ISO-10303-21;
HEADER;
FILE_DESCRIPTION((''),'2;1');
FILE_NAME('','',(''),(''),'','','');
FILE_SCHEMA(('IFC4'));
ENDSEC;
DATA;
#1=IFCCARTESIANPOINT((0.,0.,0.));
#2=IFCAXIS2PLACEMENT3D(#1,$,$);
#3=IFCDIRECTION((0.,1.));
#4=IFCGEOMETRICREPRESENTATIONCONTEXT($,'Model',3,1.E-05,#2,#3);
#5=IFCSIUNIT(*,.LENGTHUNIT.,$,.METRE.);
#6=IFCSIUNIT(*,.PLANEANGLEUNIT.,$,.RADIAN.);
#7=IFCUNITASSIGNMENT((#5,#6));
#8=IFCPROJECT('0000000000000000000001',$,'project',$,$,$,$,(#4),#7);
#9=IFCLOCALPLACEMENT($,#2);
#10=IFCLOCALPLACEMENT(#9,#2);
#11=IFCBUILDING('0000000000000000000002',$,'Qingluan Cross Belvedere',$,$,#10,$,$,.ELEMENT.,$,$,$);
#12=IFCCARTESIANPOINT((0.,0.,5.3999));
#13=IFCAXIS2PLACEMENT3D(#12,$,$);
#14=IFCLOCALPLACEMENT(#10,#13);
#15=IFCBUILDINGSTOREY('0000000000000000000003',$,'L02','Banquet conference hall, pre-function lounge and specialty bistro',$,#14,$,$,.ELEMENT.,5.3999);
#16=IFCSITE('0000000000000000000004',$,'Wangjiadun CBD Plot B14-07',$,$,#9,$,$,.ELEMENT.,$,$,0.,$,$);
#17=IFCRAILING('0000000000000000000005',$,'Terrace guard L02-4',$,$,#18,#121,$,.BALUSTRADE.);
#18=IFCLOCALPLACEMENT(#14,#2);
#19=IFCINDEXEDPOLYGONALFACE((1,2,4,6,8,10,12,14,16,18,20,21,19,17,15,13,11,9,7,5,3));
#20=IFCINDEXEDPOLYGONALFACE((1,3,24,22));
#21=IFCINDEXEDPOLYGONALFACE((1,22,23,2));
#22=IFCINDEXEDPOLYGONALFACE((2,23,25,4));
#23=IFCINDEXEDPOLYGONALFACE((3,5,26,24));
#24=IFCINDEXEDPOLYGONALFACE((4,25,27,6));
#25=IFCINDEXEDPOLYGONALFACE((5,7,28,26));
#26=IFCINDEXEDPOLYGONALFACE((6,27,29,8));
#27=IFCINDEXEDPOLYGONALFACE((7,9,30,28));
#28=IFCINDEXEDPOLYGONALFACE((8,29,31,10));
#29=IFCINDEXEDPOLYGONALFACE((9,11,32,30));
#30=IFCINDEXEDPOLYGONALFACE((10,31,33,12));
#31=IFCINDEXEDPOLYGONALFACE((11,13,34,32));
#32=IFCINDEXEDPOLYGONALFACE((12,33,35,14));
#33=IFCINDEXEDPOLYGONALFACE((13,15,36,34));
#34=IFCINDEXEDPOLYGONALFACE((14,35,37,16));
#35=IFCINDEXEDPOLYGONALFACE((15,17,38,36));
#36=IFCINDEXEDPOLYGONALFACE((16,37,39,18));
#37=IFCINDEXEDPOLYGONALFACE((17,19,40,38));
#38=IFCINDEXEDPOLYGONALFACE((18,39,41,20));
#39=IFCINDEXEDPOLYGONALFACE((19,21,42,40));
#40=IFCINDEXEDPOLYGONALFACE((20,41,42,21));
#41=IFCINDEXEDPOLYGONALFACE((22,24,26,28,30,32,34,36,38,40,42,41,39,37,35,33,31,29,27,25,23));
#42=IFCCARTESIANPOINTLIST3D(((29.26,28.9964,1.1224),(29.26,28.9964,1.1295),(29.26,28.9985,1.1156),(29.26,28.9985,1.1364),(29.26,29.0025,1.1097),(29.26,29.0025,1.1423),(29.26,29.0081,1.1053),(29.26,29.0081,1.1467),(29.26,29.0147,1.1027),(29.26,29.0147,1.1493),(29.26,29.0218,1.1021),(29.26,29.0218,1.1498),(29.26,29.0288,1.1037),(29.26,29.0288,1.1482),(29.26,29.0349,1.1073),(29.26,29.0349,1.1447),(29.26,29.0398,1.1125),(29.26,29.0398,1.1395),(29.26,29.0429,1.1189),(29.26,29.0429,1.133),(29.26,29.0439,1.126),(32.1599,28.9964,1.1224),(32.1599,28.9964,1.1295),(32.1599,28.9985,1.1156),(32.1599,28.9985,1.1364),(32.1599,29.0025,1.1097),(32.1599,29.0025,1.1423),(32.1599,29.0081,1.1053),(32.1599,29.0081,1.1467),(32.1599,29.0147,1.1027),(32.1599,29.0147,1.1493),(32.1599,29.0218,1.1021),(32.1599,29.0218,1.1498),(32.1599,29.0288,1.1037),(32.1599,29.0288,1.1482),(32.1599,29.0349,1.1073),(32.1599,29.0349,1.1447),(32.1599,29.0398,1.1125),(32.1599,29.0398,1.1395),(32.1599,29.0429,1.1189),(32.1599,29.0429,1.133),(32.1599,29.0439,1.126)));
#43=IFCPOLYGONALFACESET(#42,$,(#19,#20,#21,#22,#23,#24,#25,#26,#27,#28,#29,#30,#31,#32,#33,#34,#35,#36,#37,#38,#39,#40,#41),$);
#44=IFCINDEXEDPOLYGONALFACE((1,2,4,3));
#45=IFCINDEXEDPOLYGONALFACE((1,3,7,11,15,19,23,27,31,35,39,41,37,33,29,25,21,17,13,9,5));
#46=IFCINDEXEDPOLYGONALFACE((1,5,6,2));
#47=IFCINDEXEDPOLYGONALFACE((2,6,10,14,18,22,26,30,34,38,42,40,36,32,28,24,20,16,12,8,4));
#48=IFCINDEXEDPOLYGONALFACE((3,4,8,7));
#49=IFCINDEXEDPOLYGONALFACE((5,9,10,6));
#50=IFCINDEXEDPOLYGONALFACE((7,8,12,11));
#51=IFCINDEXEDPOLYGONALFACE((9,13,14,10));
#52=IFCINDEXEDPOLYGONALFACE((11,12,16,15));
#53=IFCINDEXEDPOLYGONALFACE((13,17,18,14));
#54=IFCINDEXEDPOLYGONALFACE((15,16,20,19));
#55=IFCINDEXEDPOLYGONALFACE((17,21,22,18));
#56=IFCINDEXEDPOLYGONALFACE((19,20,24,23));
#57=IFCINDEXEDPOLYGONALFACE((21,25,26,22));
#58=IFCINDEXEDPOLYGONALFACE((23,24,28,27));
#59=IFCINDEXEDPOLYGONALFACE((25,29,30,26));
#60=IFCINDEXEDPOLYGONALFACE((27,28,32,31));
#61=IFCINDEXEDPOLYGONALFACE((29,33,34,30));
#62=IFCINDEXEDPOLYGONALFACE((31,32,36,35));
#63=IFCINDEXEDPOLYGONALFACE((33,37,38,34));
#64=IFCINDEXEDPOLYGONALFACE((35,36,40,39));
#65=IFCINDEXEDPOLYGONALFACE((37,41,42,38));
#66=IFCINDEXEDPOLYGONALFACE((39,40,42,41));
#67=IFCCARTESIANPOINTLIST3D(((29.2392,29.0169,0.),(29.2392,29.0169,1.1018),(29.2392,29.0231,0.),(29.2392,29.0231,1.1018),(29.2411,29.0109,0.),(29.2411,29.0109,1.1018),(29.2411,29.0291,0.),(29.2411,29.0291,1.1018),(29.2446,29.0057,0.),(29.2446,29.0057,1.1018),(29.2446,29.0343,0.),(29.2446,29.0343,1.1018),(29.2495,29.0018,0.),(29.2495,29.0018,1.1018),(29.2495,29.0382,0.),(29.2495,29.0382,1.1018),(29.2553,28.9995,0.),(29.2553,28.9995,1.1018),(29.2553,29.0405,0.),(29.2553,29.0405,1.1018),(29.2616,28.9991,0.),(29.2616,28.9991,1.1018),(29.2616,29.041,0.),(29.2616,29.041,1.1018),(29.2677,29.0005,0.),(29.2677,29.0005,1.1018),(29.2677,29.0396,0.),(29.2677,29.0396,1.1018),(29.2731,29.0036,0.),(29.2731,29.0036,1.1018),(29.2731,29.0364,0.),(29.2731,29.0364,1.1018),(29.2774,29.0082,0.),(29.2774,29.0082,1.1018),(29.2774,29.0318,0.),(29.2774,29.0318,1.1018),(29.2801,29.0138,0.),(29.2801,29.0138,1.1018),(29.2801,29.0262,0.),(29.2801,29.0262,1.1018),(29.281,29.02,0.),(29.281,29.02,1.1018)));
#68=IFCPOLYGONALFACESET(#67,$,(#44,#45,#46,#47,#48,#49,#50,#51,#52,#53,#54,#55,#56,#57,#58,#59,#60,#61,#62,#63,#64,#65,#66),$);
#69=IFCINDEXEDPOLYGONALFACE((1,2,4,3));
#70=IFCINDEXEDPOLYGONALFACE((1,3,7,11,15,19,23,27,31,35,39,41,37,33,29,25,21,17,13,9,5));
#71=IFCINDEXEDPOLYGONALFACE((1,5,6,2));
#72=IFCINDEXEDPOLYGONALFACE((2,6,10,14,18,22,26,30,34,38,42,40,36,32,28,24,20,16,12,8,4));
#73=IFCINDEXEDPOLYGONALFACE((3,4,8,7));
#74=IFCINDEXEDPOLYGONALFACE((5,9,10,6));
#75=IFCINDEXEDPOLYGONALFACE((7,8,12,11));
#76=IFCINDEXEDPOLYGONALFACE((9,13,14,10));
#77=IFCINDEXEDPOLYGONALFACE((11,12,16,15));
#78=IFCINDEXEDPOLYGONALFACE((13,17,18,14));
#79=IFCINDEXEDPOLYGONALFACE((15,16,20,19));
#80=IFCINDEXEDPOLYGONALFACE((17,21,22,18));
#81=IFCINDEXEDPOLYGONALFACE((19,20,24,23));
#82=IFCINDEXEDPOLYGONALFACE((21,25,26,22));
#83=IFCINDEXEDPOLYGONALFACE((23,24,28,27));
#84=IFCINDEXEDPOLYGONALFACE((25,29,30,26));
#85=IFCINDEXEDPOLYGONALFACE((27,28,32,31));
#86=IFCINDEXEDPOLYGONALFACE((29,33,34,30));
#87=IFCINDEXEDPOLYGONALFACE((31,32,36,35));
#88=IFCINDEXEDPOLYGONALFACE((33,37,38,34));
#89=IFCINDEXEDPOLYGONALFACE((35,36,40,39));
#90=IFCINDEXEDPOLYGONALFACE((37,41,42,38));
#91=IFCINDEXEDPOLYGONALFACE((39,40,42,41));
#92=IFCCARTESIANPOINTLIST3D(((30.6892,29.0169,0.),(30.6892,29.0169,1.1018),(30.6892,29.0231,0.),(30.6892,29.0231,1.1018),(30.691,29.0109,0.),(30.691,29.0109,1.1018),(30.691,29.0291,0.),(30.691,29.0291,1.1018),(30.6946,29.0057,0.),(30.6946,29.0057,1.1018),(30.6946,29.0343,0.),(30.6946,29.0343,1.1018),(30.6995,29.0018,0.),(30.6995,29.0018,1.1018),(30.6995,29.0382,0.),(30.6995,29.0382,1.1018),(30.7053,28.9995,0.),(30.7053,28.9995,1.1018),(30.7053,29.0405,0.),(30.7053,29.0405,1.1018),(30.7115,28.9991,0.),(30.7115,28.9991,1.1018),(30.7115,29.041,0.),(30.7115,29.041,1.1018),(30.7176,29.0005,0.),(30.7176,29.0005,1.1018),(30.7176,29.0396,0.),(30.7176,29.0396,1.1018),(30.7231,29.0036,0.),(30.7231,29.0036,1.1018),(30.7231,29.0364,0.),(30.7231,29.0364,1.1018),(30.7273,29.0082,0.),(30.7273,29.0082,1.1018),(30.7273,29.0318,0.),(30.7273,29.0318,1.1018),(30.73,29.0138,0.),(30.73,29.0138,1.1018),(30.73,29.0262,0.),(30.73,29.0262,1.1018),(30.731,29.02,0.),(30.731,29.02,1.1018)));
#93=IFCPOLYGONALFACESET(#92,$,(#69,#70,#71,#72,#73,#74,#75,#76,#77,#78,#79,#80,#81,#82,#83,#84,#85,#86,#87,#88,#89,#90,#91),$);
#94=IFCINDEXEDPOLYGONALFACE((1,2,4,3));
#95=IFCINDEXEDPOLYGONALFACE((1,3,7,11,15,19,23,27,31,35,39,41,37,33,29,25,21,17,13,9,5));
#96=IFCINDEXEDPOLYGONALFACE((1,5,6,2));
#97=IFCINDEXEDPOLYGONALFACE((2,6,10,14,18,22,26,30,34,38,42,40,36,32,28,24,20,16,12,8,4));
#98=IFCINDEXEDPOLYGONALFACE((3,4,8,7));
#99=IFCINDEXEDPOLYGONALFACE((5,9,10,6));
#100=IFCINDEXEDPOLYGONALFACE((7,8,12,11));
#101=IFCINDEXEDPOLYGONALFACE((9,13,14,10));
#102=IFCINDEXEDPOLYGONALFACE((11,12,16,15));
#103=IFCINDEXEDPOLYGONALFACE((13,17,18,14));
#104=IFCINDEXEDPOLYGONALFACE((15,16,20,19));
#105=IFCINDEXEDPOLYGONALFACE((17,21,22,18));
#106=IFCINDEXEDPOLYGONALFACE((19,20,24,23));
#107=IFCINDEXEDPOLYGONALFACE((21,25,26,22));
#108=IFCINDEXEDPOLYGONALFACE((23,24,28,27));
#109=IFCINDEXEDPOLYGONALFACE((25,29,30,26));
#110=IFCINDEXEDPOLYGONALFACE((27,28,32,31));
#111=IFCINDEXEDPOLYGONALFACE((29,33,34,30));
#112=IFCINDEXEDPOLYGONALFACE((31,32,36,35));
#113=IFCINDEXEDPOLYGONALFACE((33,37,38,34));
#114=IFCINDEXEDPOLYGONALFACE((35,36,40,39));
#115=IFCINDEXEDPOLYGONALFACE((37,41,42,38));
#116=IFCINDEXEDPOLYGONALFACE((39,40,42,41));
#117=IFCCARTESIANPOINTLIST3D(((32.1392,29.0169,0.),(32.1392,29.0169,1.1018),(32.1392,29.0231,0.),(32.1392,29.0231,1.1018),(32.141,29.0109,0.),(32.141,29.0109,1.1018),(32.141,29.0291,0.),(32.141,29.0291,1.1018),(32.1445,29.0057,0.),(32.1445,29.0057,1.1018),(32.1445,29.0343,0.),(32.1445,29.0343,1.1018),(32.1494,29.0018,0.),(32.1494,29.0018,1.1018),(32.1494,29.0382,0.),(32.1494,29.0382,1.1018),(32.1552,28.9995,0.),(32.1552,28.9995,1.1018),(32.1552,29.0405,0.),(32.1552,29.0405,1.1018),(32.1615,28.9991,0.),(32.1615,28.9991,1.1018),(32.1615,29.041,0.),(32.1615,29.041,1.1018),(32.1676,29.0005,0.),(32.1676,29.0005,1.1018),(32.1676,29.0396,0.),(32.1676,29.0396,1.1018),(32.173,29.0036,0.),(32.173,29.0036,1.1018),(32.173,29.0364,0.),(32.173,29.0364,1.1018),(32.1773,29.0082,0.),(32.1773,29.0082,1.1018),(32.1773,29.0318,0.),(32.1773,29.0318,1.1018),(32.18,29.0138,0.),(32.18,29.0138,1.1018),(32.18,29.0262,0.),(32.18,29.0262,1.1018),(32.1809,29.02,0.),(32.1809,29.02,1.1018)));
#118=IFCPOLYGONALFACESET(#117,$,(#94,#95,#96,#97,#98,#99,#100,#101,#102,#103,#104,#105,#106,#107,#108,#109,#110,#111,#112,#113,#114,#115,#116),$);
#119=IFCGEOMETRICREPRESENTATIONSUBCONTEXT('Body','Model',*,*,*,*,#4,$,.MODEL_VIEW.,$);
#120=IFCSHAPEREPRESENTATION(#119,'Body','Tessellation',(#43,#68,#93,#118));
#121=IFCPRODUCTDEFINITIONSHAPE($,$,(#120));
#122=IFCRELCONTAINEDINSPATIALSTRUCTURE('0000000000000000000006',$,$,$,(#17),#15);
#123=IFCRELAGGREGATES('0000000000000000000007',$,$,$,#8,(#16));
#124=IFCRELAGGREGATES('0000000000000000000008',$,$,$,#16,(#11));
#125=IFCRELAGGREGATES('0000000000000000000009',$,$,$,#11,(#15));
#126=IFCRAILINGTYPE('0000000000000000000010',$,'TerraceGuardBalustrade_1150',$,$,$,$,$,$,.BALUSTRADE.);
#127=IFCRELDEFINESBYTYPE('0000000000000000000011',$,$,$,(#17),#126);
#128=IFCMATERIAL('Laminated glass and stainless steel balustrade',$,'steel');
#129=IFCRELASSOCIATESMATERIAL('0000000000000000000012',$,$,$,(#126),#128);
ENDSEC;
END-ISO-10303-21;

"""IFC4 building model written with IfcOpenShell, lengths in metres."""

from ifc_helpers import new_model, si_unit, direction, frame, origin, origin_2d, place, context, subcontext, project, spatial, circle, extrude, material, type_object, element, save


model = new_model("IFC4")

# Units and contexts
model_context = context("Model", 3, precision=1e-05, world=origin(), true_north=direction((0.0, 1.0)))
body_context = subcontext(model_context, "Body", "Model", "MODEL_VIEW")
ifc_project = project(units=[si_unit("LENGTHUNIT", "METRE"), si_unit("PLANEANGLEUNIT", "RADIAN")], contexts=[model_context])

# Site, building, storey
site_placement = place(None, origin())
site = spatial("IfcSite", under=ifc_project, at=site_placement, Name="Wangjiadun CBD Plot B14-07", CompositionType="ELEMENT", RefElevation=0.0)
building_placement = place(site_placement, origin())
building = spatial("IfcBuilding", under=site, at=building_placement, Name="Qingluan Cross Belvedere", CompositionType="ELEMENT")
storey_placement = place(building_placement, frame((0.0, 0.0, 5.3999)))
storey = spatial("IfcBuildingStorey", under=building, at=storey_placement, Name="L02", Description="Banquet conference hall, pre-function lounge and specialty bistro", CompositionType="ELEMENT", Elevation=5.3999)

# Railing
ifc_material_1 = material(Name="Laminated glass and stainless steel balustrade", Category="steel")
railing_type = type_object("IfcRailingType", Name="TerraceGuardBalustrade_1150", PredefinedType="BALUSTRADE", material=ifc_material_1)
railing_1_placement = place(storey_placement, frame((29.26, 29.02, 0.0)))
element("IfcRailing", 1, at=railing_1_placement, inside=storey, type_object=railing_type, Name="Terrace guard L02-4", PredefinedType="BALUSTRADE", context=body_context, shape_type="SweptSolid", body=[
    extrude(circle(Radius=0.0239, at=origin_2d()), frame((0.0, 0.0, 1.126), z_axis=(1.0, 0.0, 0.0), x_axis=(0.0, 1.0, 0.0)), (0.0, 0.0, 1.0), 2.8999),
    extrude(circle(Radius=0.021, at=origin_2d()), origin(), (0.0, 0.0, 1.0), 1.1018),
    extrude(circle(Radius=0.021, at=origin_2d()), frame((1.45, 0.0, 0.0)), (0.0, 0.0, 1.0), 1.1018),
    extrude(circle(Radius=0.021, at=origin_2d()), frame((2.8999, 0.0, 0.0)), (0.0, 0.0, 1.0), 1.1018),
])

save(model, "model.ifc")
